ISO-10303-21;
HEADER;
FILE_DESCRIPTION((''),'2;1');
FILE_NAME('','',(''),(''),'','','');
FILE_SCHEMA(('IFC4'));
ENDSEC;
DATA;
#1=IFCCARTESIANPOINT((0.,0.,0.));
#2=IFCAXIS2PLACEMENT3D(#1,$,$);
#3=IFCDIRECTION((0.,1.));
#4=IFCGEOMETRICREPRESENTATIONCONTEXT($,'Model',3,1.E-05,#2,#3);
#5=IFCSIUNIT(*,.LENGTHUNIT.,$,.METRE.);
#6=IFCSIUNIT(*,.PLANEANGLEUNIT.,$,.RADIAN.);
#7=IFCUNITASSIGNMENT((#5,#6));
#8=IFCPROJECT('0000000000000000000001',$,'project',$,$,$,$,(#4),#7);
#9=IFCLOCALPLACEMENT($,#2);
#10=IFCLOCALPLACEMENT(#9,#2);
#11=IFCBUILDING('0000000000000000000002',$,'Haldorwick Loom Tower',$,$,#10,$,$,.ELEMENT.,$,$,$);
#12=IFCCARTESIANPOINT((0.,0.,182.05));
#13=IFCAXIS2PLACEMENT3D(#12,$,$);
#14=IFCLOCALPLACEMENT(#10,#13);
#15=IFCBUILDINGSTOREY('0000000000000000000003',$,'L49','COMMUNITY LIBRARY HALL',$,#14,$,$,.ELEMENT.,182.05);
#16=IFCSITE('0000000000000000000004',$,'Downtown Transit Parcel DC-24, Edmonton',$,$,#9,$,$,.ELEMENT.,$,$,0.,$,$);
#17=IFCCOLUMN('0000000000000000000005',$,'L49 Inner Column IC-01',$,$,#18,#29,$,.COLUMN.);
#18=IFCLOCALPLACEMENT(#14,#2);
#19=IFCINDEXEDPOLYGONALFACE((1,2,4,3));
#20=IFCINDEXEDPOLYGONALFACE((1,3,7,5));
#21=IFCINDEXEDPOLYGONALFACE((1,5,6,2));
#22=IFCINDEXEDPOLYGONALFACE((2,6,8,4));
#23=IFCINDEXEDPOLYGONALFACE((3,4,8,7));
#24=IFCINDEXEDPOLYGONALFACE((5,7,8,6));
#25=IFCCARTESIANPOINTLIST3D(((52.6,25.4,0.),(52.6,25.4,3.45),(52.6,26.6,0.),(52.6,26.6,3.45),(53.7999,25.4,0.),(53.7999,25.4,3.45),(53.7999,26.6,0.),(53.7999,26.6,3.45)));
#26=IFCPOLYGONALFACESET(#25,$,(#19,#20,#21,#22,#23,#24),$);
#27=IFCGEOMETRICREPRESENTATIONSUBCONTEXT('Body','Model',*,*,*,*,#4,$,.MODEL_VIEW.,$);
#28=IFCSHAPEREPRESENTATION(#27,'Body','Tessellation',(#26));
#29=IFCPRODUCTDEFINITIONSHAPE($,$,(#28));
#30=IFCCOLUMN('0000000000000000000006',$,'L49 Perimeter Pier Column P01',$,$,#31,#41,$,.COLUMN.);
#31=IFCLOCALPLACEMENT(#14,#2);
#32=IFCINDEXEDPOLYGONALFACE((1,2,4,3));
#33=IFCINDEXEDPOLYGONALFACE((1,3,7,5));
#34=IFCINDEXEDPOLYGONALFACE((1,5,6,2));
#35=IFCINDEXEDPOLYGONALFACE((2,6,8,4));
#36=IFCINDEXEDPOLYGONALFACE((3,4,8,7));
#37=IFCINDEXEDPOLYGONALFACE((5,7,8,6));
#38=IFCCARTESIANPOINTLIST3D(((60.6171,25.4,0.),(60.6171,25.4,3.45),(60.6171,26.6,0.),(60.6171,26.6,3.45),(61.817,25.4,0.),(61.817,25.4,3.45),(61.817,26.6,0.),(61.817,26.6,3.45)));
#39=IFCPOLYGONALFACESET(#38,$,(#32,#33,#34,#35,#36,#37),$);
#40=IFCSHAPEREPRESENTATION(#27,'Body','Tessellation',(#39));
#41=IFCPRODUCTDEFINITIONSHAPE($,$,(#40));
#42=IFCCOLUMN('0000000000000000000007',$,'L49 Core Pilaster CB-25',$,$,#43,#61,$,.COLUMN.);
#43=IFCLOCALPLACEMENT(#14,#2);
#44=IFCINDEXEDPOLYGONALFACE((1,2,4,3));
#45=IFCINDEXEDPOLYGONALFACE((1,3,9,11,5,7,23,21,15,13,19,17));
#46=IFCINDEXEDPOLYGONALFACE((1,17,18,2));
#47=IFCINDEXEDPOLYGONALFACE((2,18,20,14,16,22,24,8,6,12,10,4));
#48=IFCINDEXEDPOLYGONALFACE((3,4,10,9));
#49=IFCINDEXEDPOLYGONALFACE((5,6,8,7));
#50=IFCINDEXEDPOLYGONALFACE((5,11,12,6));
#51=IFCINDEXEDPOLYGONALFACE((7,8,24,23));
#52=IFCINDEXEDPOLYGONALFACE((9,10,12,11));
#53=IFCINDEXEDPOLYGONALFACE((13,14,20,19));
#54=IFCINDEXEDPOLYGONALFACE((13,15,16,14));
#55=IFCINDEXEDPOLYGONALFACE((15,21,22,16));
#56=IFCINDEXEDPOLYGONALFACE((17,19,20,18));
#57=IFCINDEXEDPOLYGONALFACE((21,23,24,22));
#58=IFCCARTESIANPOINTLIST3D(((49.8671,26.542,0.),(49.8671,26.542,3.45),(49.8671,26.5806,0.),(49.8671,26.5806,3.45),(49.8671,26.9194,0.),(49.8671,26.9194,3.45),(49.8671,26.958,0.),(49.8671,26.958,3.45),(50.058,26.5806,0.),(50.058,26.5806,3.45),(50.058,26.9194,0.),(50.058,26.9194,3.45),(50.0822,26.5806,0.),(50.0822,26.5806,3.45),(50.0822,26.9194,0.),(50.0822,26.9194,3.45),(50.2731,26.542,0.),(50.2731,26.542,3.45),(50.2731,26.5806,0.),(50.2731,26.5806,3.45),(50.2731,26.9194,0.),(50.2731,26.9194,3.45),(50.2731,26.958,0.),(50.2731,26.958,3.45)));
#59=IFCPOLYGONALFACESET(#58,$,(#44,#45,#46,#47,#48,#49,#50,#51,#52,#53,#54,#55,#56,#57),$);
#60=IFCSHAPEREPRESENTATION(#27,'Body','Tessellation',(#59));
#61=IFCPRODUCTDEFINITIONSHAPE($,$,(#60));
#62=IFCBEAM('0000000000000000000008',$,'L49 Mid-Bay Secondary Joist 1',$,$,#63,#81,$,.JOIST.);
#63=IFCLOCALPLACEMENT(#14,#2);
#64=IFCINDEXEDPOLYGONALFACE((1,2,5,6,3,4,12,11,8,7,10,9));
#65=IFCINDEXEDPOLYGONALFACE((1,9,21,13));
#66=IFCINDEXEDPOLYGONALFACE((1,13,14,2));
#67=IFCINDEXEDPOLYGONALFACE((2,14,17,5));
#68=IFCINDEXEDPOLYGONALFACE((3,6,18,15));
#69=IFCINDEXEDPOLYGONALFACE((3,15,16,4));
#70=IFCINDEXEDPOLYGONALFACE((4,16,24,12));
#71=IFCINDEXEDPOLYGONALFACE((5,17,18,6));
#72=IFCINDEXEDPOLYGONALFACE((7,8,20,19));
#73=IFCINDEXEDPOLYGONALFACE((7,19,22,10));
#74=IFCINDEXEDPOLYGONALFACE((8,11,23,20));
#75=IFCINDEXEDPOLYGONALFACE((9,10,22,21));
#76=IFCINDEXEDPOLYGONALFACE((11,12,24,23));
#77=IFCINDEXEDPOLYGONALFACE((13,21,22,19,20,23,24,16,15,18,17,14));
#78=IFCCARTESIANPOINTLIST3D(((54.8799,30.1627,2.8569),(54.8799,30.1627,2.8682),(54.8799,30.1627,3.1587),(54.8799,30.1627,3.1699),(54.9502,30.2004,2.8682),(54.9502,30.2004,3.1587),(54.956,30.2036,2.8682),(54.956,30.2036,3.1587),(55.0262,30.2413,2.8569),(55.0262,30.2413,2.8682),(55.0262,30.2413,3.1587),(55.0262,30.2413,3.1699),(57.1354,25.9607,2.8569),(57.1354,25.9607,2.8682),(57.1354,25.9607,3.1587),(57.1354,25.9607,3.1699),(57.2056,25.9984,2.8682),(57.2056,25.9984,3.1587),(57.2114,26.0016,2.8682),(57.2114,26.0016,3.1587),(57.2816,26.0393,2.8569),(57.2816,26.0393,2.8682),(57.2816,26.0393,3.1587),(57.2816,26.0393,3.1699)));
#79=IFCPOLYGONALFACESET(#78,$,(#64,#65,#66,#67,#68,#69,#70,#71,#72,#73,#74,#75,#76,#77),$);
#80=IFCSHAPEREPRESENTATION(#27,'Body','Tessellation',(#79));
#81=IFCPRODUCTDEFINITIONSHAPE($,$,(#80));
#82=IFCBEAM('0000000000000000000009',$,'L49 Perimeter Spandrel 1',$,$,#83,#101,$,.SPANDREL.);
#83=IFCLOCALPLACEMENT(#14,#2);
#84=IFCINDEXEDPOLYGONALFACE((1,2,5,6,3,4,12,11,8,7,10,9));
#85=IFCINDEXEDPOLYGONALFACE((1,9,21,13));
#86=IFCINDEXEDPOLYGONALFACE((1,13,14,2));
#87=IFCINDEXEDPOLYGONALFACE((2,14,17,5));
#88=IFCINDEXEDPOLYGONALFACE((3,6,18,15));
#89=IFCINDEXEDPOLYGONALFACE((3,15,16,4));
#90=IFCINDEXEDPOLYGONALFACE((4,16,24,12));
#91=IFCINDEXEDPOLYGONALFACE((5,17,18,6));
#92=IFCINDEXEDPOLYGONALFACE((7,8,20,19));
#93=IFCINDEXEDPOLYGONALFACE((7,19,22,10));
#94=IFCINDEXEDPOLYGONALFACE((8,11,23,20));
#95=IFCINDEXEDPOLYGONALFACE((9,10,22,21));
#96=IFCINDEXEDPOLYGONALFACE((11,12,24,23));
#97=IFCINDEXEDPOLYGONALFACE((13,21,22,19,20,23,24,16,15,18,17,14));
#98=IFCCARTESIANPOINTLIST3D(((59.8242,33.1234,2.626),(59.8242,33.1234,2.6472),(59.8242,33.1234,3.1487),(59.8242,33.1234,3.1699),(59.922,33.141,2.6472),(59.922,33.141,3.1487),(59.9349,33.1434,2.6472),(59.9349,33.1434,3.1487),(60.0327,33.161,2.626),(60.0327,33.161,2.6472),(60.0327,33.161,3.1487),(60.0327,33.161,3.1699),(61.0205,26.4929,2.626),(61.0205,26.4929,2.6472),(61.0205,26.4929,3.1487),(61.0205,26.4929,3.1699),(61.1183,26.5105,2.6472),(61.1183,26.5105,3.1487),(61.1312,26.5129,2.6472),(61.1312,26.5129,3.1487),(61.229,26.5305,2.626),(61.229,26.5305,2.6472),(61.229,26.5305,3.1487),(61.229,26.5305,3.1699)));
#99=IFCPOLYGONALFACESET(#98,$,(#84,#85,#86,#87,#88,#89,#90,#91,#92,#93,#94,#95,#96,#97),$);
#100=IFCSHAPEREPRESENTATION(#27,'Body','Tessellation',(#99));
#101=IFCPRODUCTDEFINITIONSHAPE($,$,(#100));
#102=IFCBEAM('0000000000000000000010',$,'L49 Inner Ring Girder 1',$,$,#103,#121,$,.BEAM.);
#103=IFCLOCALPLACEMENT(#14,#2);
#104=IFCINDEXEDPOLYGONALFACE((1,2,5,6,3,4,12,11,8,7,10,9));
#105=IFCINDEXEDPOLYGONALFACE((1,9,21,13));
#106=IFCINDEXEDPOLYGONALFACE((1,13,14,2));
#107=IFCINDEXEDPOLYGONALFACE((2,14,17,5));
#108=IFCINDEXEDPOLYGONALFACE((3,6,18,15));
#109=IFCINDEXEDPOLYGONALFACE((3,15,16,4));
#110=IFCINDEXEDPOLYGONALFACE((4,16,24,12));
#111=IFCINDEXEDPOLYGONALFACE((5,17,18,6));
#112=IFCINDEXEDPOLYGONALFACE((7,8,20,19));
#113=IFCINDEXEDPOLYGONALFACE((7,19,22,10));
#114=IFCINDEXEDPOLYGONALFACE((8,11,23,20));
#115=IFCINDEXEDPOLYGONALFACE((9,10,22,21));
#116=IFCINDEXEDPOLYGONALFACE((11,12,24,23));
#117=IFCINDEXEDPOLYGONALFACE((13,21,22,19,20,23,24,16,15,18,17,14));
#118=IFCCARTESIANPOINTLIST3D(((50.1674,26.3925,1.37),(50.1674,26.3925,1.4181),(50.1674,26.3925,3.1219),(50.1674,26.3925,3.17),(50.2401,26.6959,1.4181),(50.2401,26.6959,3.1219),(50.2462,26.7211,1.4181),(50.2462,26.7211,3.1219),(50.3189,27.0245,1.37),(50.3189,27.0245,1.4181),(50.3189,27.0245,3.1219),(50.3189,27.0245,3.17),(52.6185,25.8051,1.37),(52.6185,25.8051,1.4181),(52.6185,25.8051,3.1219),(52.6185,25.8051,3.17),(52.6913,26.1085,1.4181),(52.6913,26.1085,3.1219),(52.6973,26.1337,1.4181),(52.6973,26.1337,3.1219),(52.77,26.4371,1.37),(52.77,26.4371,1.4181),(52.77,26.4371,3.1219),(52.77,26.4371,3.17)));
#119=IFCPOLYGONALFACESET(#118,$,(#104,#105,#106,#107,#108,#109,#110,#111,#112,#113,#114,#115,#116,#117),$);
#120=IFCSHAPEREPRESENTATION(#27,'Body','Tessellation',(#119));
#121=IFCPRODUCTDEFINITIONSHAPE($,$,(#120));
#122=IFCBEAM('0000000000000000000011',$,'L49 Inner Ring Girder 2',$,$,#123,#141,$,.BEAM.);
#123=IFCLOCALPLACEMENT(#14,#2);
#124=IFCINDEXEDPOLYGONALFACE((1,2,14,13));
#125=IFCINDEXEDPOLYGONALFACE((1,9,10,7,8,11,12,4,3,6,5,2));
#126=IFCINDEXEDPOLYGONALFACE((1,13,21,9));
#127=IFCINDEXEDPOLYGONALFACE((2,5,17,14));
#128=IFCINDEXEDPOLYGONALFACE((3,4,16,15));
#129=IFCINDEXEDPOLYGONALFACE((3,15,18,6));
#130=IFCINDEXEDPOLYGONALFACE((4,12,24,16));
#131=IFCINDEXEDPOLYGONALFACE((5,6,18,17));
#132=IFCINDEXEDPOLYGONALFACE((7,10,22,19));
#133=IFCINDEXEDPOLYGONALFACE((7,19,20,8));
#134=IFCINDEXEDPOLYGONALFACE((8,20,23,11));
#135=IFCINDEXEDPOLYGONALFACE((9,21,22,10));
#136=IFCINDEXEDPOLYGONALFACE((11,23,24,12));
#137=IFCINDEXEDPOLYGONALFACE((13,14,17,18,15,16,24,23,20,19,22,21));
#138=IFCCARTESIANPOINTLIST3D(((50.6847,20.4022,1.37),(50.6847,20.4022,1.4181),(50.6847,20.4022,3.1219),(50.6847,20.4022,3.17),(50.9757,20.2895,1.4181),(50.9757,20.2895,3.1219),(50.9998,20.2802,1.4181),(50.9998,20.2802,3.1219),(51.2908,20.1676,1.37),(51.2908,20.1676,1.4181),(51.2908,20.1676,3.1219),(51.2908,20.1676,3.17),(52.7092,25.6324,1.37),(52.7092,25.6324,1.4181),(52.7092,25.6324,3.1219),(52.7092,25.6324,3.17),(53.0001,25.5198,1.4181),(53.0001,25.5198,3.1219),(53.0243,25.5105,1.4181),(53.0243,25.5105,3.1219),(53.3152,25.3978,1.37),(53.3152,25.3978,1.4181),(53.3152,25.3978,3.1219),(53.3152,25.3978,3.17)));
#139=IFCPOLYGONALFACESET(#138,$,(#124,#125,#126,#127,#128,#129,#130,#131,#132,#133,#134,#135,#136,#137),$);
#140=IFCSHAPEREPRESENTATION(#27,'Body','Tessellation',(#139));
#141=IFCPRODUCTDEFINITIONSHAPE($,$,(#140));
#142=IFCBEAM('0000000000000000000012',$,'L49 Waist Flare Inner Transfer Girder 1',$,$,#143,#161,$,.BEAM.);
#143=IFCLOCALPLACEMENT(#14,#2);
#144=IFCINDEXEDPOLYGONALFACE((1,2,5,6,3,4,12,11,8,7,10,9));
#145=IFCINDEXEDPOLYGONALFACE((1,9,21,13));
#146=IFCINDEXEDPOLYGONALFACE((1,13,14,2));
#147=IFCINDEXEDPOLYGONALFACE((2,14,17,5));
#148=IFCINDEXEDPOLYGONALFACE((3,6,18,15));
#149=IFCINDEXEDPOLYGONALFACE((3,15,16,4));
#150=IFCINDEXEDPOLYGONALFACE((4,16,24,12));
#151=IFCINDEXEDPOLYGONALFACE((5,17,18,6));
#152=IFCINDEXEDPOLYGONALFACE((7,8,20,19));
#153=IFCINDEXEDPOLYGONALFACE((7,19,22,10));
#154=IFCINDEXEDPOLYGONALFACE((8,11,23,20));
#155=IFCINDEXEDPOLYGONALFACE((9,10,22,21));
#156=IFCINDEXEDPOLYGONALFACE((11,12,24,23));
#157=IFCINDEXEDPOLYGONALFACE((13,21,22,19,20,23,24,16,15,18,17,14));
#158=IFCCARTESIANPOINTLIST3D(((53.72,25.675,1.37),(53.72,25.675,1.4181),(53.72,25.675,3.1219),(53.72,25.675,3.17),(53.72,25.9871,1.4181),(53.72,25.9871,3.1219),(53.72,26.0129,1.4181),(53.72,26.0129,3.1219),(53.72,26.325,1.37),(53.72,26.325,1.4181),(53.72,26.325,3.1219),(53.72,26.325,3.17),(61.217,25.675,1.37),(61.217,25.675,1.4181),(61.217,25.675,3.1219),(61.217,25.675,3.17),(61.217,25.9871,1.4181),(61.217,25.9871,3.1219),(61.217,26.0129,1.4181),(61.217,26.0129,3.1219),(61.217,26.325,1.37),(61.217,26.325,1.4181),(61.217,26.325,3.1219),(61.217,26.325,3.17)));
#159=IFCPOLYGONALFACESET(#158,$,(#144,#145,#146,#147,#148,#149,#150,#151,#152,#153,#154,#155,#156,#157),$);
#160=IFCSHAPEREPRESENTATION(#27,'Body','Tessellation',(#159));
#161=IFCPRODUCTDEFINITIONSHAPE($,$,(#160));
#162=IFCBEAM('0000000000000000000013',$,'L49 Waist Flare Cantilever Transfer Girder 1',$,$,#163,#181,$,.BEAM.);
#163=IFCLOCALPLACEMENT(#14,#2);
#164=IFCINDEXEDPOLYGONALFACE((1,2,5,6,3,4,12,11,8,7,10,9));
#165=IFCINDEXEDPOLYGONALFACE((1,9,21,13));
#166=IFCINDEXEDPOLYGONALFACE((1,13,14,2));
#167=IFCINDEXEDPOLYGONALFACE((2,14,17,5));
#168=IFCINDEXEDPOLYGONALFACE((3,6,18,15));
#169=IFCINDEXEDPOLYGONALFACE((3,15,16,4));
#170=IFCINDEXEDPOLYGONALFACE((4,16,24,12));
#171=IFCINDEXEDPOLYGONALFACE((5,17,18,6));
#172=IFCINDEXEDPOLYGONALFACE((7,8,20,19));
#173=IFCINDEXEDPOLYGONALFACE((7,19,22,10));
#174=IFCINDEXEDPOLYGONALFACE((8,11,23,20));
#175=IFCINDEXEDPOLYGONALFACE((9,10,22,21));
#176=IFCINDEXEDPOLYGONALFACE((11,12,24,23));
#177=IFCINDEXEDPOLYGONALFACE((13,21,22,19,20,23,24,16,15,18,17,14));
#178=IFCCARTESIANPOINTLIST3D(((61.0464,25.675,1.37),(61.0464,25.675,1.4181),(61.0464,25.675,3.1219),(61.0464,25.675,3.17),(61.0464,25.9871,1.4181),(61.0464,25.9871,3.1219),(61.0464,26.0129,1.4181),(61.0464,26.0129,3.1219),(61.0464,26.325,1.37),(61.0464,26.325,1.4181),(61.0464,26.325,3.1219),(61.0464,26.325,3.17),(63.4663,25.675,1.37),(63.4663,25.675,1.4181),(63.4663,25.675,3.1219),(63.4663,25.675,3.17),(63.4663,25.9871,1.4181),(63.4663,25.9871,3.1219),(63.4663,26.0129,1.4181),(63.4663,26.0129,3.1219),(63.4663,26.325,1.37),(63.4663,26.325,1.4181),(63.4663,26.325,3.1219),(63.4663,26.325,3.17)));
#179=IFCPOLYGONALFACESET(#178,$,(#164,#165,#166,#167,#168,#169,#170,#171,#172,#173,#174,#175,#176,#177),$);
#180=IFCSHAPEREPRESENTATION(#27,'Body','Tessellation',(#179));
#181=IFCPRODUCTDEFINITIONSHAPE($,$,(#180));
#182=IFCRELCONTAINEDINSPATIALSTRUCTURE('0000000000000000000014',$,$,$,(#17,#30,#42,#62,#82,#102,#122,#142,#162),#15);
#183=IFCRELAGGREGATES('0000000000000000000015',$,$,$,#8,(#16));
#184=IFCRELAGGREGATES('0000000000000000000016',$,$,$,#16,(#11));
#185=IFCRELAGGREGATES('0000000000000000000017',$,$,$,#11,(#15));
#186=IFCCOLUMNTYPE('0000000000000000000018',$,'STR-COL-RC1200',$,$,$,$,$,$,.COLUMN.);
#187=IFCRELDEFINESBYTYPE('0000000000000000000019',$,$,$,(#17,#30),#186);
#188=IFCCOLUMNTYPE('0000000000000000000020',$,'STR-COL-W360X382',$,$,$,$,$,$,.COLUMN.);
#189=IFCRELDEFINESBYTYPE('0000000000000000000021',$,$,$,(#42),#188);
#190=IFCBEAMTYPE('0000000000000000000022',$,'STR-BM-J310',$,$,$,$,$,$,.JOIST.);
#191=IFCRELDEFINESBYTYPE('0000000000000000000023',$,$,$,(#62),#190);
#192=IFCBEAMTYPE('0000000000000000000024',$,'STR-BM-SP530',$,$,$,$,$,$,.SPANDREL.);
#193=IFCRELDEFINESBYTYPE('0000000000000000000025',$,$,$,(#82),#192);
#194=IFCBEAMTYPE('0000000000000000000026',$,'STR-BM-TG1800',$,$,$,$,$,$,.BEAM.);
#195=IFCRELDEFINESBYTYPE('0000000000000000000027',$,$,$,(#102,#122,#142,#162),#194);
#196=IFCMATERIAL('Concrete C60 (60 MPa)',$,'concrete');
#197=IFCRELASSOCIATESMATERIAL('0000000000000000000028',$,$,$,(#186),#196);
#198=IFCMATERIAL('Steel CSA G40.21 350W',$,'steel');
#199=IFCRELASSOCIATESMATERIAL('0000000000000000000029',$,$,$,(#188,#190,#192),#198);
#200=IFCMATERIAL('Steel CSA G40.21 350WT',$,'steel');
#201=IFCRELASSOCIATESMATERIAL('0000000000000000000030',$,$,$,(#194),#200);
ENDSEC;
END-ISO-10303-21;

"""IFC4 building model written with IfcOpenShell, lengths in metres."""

from ifc_helpers import new_model, si_unit, direction, frame, origin, origin_2d, place, context, subcontext, project, spatial, rectangle, i_section, extrude, material, material_profile, profile_set, type_object, element, save


model = new_model("IFC4")

# Units and contexts
model_context = context("Model", 3, precision=1e-05, world=origin(), true_north=direction((0.0, 1.0)))
body_context = subcontext(model_context, "Body", "Model", "MODEL_VIEW")
ifc_project = project(units=[si_unit("LENGTHUNIT", "METRE"), si_unit("PLANEANGLEUNIT", "RADIAN")], contexts=[model_context])

# Site, building, storey
site_placement = place(None, origin())
site = spatial("IfcSite", under=ifc_project, at=site_placement, Name="Downtown Transit Parcel DC-24, Edmonton", CompositionType="ELEMENT", RefElevation=0.0)
building_placement = place(site_placement, origin())
building = spatial("IfcBuilding", under=site, at=building_placement, Name="Haldorwick Loom Tower", CompositionType="ELEMENT")
storey_placement = place(building_placement, frame((0.0, 0.0, 182.05)))
storey = spatial("IfcBuildingStorey", under=building, at=storey_placement, Name="L49", Description="COMMUNITY LIBRARY HALL", CompositionType="ELEMENT", Elevation=182.05)

# Columns
ifc_material_1 = material(Name="Concrete C60 (60 MPa)", Category="concrete")
ifc_material_profile_1 = material_profile(ifc_material_1, rectangle(XDim=1.2, YDim=1.2, at=origin_2d()), Name="RC1200X1200", Category="concrete")
ifc_profile_set_1 = profile_set([ifc_material_profile_1], Name="Concrete C60 (60 MPa)")
column_type_1 = type_object("IfcColumnType", Name="STR-COL-RC1200", PredefinedType="COLUMN", material=ifc_profile_set_1)
for number, where, z_axis, x_axis, name in (
    (1, (53.2, 26.0, 0.0), (0.0, 0.0, 1.0), (1.0, 0.0, 0.0), "L49 Inner Column IC-01"),
    (2, (61.217, 26.0, 0.0), (0.0, 0.0, 1.0), (1.0, 0.0, 0.0), "L49 Perimeter Pier Column P01"),
):
    element("IfcColumn", number, at=place(storey_placement, frame(where, z_axis=z_axis, x_axis=x_axis)), inside=storey, type_object=column_type_1, Name=name, PredefinedType="COLUMN", context=body_context, shape_type="SweptSolid", body=[
        extrude(rectangle(XDim=1.2, YDim=1.2, at=origin_2d()), origin(), (0.0, 0.0, 1.0), 3.45),
    ])
ifc_material_2 = material(Name="Steel CSA G40.21 350W", Category="steel")
ifc_material_profile_2 = material_profile(ifc_material_2, i_section(OverallWidth=0.406, OverallDepth=0.416, WebThickness=0.0242, FlangeThickness=0.0386, at=origin_2d()), Name="W360X382", Category="steel")
ifc_profile_set_2 = profile_set([ifc_material_profile_2], Name="Steel CSA G40.21 350W")
column_type_2 = type_object("IfcColumnType", Name="STR-COL-W360X382", PredefinedType="COLUMN", material=ifc_profile_set_2)
column_placement = place(storey_placement, frame((50.0701, 26.75, 0.0), z_axis=(0.0, 0.0, 1.0), x_axis=(1.0, 0.0, 0.0)))
element("IfcColumn", 3, at=column_placement, inside=storey, type_object=column_type_2, Name="L49 Core Pilaster CB-25", PredefinedType="COLUMN", context=body_context, shape_type="SweptSolid", body=[
    extrude(i_section(OverallWidth=0.406, OverallDepth=0.416, WebThickness=0.0242, FlangeThickness=0.0386, at=origin_2d()), origin(), (0.0, 0.0, 1.0), 3.45),
])

# Beams
ifc_material_profile_3 = material_profile(ifc_material_2, i_section(OverallWidth=0.166, OverallDepth=0.313, WebThickness=0.0066, FlangeThickness=0.0112, at=origin_2d()), Name="W310X45", Category="steel")
ifc_profile_set_3 = profile_set([ifc_material_profile_3], Name="Steel CSA G40.21 350W")
beam_type_1 = type_object("IfcBeamType", Name="STR-BM-J310", PredefinedType="JOIST", material=ifc_profile_set_3)
beam_1_placement = place(storey_placement, frame((57.2085, 26.0, 3.0134), z_axis=(-0.47293, 0.8811, 0.0), x_axis=(-0.8811, -0.47293, 0.0)))
element("IfcBeam", 4, at=beam_1_placement, inside=storey, type_object=beam_type_1, Name="L49 Mid-Bay Secondary Joist 1", PredefinedType="JOIST", context=body_context, shape_type="SweptSolid", body=[
    extrude(i_section(OverallWidth=0.166, OverallDepth=0.313, WebThickness=0.0066, FlangeThickness=0.0112, at=origin_2d()), origin(), (0.0, 0.0, 1.0), 4.769),
])
ifc_material_profile_4 = material_profile(ifc_material_2, i_section(OverallWidth=0.2119, OverallDepth=0.5439, WebThickness=0.0132, FlangeThickness=0.0212, at=origin_2d()), Name="W530X123", Category="steel")
ifc_profile_set_4 = profile_set([ifc_material_profile_4], Name="Steel CSA G40.21 350W")
beam_type_2 = type_object("IfcBeamType", Name="STR-BM-SP530", PredefinedType="SPANDREL", material=ifc_profile_set_4)
beam_2_placement = place(storey_placement, frame((61.1248, 26.5117, 2.8979), z_axis=(-0.177559, 0.98411, 0.0), x_axis=(-0.98411, -0.177559, 0.0)))
element("IfcBeam", 5, at=beam_2_placement, inside=storey, type_object=beam_type_2, Name="L49 Perimeter Spandrel 1", PredefinedType="SPANDREL", context=body_context, shape_type="SweptSolid", body=[
    extrude(i_section(OverallWidth=0.2119, OverallDepth=0.5439, WebThickness=0.0132, FlangeThickness=0.0212, at=origin_2d()), origin(), (0.0, 0.0, 1.0), 6.7375),
])
ifc_material_3 = material(Name="Steel CSA G40.21 350WT", Category="steel")
ifc_material_profile_5 = material_profile(ifc_material_3, i_section(OverallWidth=0.6499, OverallDepth=1.8, WebThickness=0.0259, FlangeThickness=0.0481, at=origin_2d()), Name="WWF1800X650", Category="steel")
ifc_profile_set_5 = profile_set([ifc_material_profile_5], Name="Steel CSA G40.21 350WT")
beam_type_3 = type_object("IfcBeamType", Name="STR-BM-TG1800", PredefinedType="BEAM", material=ifc_profile_set_5)
beam_3_placement = place(storey_placement, frame((50.2432, 26.7085, 2.27), z_axis=(0.972466, -0.233043, 0.0), x_axis=(0.233043, 0.972466, 0.0)))
element("IfcBeam", 6, at=beam_3_placement, inside=storey, type_object=beam_type_3, Name="L49 Inner Ring Girder 1", PredefinedType="BEAM", context=body_context, shape_type="SweptSolid", body=[
    extrude(i_section(OverallWidth=0.6499, OverallDepth=1.8, WebThickness=0.0259, FlangeThickness=0.0481, at=origin_2d()), origin(), (0.0, 0.0, 1.0), 2.5205),
])
beam_4_placement = place(storey_placement, frame((53.0122, 25.5151, 2.27), z_axis=(-0.360965, -0.932579, 0.0), x_axis=(0.932579, -0.360965, 0.0)))
element("IfcBeam", 7, at=beam_4_placement, inside=storey, type_object=beam_type_3, Name="L49 Inner Ring Girder 2", PredefinedType="BEAM", context=body_context, shape_type="SweptSolid", body=[
    extrude(i_section(OverallWidth=0.6499, OverallDepth=1.8, WebThickness=0.0259, FlangeThickness=0.0481, at=origin_2d()), origin(), (0.0, 0.0, 1.0), 5.6084),
])
beam_5_placement = place(storey_placement, frame((53.72, 26.0, 2.27), z_axis=(1.0, 0.0, 0.0), x_axis=(0.0, 1.0, 0.0)))
element("IfcBeam", 8, at=beam_5_placement, inside=storey, type_object=beam_type_3, Name="L49 Waist Flare Inner Transfer Girder 1", PredefinedType="BEAM", context=body_context, shape_type="SweptSolid", body=[
    extrude(i_section(OverallWidth=0.6499, OverallDepth=1.8, WebThickness=0.0259, FlangeThickness=0.0481, at=origin_2d()), origin(), (0.0, 0.0, 1.0), 7.4971),
])
beam_6_placement = place(storey_placement, frame((61.0464, 26.0, 2.27), z_axis=(1.0, 0.0, 0.0), x_axis=(0.0, 1.0, 0.0)))
element("IfcBeam", 9, at=beam_6_placement, inside=storey, type_object=beam_type_3, Name="L49 Waist Flare Cantilever Transfer Girder 1", PredefinedType="BEAM", context=body_context, shape_type="SweptSolid", body=[
    extrude(i_section(OverallWidth=0.6499, OverallDepth=1.8, WebThickness=0.0259, FlangeThickness=0.0481, at=origin_2d()), origin(), (0.0, 0.0, 1.0), 2.4199),
])

save(model, "model.ifc")
